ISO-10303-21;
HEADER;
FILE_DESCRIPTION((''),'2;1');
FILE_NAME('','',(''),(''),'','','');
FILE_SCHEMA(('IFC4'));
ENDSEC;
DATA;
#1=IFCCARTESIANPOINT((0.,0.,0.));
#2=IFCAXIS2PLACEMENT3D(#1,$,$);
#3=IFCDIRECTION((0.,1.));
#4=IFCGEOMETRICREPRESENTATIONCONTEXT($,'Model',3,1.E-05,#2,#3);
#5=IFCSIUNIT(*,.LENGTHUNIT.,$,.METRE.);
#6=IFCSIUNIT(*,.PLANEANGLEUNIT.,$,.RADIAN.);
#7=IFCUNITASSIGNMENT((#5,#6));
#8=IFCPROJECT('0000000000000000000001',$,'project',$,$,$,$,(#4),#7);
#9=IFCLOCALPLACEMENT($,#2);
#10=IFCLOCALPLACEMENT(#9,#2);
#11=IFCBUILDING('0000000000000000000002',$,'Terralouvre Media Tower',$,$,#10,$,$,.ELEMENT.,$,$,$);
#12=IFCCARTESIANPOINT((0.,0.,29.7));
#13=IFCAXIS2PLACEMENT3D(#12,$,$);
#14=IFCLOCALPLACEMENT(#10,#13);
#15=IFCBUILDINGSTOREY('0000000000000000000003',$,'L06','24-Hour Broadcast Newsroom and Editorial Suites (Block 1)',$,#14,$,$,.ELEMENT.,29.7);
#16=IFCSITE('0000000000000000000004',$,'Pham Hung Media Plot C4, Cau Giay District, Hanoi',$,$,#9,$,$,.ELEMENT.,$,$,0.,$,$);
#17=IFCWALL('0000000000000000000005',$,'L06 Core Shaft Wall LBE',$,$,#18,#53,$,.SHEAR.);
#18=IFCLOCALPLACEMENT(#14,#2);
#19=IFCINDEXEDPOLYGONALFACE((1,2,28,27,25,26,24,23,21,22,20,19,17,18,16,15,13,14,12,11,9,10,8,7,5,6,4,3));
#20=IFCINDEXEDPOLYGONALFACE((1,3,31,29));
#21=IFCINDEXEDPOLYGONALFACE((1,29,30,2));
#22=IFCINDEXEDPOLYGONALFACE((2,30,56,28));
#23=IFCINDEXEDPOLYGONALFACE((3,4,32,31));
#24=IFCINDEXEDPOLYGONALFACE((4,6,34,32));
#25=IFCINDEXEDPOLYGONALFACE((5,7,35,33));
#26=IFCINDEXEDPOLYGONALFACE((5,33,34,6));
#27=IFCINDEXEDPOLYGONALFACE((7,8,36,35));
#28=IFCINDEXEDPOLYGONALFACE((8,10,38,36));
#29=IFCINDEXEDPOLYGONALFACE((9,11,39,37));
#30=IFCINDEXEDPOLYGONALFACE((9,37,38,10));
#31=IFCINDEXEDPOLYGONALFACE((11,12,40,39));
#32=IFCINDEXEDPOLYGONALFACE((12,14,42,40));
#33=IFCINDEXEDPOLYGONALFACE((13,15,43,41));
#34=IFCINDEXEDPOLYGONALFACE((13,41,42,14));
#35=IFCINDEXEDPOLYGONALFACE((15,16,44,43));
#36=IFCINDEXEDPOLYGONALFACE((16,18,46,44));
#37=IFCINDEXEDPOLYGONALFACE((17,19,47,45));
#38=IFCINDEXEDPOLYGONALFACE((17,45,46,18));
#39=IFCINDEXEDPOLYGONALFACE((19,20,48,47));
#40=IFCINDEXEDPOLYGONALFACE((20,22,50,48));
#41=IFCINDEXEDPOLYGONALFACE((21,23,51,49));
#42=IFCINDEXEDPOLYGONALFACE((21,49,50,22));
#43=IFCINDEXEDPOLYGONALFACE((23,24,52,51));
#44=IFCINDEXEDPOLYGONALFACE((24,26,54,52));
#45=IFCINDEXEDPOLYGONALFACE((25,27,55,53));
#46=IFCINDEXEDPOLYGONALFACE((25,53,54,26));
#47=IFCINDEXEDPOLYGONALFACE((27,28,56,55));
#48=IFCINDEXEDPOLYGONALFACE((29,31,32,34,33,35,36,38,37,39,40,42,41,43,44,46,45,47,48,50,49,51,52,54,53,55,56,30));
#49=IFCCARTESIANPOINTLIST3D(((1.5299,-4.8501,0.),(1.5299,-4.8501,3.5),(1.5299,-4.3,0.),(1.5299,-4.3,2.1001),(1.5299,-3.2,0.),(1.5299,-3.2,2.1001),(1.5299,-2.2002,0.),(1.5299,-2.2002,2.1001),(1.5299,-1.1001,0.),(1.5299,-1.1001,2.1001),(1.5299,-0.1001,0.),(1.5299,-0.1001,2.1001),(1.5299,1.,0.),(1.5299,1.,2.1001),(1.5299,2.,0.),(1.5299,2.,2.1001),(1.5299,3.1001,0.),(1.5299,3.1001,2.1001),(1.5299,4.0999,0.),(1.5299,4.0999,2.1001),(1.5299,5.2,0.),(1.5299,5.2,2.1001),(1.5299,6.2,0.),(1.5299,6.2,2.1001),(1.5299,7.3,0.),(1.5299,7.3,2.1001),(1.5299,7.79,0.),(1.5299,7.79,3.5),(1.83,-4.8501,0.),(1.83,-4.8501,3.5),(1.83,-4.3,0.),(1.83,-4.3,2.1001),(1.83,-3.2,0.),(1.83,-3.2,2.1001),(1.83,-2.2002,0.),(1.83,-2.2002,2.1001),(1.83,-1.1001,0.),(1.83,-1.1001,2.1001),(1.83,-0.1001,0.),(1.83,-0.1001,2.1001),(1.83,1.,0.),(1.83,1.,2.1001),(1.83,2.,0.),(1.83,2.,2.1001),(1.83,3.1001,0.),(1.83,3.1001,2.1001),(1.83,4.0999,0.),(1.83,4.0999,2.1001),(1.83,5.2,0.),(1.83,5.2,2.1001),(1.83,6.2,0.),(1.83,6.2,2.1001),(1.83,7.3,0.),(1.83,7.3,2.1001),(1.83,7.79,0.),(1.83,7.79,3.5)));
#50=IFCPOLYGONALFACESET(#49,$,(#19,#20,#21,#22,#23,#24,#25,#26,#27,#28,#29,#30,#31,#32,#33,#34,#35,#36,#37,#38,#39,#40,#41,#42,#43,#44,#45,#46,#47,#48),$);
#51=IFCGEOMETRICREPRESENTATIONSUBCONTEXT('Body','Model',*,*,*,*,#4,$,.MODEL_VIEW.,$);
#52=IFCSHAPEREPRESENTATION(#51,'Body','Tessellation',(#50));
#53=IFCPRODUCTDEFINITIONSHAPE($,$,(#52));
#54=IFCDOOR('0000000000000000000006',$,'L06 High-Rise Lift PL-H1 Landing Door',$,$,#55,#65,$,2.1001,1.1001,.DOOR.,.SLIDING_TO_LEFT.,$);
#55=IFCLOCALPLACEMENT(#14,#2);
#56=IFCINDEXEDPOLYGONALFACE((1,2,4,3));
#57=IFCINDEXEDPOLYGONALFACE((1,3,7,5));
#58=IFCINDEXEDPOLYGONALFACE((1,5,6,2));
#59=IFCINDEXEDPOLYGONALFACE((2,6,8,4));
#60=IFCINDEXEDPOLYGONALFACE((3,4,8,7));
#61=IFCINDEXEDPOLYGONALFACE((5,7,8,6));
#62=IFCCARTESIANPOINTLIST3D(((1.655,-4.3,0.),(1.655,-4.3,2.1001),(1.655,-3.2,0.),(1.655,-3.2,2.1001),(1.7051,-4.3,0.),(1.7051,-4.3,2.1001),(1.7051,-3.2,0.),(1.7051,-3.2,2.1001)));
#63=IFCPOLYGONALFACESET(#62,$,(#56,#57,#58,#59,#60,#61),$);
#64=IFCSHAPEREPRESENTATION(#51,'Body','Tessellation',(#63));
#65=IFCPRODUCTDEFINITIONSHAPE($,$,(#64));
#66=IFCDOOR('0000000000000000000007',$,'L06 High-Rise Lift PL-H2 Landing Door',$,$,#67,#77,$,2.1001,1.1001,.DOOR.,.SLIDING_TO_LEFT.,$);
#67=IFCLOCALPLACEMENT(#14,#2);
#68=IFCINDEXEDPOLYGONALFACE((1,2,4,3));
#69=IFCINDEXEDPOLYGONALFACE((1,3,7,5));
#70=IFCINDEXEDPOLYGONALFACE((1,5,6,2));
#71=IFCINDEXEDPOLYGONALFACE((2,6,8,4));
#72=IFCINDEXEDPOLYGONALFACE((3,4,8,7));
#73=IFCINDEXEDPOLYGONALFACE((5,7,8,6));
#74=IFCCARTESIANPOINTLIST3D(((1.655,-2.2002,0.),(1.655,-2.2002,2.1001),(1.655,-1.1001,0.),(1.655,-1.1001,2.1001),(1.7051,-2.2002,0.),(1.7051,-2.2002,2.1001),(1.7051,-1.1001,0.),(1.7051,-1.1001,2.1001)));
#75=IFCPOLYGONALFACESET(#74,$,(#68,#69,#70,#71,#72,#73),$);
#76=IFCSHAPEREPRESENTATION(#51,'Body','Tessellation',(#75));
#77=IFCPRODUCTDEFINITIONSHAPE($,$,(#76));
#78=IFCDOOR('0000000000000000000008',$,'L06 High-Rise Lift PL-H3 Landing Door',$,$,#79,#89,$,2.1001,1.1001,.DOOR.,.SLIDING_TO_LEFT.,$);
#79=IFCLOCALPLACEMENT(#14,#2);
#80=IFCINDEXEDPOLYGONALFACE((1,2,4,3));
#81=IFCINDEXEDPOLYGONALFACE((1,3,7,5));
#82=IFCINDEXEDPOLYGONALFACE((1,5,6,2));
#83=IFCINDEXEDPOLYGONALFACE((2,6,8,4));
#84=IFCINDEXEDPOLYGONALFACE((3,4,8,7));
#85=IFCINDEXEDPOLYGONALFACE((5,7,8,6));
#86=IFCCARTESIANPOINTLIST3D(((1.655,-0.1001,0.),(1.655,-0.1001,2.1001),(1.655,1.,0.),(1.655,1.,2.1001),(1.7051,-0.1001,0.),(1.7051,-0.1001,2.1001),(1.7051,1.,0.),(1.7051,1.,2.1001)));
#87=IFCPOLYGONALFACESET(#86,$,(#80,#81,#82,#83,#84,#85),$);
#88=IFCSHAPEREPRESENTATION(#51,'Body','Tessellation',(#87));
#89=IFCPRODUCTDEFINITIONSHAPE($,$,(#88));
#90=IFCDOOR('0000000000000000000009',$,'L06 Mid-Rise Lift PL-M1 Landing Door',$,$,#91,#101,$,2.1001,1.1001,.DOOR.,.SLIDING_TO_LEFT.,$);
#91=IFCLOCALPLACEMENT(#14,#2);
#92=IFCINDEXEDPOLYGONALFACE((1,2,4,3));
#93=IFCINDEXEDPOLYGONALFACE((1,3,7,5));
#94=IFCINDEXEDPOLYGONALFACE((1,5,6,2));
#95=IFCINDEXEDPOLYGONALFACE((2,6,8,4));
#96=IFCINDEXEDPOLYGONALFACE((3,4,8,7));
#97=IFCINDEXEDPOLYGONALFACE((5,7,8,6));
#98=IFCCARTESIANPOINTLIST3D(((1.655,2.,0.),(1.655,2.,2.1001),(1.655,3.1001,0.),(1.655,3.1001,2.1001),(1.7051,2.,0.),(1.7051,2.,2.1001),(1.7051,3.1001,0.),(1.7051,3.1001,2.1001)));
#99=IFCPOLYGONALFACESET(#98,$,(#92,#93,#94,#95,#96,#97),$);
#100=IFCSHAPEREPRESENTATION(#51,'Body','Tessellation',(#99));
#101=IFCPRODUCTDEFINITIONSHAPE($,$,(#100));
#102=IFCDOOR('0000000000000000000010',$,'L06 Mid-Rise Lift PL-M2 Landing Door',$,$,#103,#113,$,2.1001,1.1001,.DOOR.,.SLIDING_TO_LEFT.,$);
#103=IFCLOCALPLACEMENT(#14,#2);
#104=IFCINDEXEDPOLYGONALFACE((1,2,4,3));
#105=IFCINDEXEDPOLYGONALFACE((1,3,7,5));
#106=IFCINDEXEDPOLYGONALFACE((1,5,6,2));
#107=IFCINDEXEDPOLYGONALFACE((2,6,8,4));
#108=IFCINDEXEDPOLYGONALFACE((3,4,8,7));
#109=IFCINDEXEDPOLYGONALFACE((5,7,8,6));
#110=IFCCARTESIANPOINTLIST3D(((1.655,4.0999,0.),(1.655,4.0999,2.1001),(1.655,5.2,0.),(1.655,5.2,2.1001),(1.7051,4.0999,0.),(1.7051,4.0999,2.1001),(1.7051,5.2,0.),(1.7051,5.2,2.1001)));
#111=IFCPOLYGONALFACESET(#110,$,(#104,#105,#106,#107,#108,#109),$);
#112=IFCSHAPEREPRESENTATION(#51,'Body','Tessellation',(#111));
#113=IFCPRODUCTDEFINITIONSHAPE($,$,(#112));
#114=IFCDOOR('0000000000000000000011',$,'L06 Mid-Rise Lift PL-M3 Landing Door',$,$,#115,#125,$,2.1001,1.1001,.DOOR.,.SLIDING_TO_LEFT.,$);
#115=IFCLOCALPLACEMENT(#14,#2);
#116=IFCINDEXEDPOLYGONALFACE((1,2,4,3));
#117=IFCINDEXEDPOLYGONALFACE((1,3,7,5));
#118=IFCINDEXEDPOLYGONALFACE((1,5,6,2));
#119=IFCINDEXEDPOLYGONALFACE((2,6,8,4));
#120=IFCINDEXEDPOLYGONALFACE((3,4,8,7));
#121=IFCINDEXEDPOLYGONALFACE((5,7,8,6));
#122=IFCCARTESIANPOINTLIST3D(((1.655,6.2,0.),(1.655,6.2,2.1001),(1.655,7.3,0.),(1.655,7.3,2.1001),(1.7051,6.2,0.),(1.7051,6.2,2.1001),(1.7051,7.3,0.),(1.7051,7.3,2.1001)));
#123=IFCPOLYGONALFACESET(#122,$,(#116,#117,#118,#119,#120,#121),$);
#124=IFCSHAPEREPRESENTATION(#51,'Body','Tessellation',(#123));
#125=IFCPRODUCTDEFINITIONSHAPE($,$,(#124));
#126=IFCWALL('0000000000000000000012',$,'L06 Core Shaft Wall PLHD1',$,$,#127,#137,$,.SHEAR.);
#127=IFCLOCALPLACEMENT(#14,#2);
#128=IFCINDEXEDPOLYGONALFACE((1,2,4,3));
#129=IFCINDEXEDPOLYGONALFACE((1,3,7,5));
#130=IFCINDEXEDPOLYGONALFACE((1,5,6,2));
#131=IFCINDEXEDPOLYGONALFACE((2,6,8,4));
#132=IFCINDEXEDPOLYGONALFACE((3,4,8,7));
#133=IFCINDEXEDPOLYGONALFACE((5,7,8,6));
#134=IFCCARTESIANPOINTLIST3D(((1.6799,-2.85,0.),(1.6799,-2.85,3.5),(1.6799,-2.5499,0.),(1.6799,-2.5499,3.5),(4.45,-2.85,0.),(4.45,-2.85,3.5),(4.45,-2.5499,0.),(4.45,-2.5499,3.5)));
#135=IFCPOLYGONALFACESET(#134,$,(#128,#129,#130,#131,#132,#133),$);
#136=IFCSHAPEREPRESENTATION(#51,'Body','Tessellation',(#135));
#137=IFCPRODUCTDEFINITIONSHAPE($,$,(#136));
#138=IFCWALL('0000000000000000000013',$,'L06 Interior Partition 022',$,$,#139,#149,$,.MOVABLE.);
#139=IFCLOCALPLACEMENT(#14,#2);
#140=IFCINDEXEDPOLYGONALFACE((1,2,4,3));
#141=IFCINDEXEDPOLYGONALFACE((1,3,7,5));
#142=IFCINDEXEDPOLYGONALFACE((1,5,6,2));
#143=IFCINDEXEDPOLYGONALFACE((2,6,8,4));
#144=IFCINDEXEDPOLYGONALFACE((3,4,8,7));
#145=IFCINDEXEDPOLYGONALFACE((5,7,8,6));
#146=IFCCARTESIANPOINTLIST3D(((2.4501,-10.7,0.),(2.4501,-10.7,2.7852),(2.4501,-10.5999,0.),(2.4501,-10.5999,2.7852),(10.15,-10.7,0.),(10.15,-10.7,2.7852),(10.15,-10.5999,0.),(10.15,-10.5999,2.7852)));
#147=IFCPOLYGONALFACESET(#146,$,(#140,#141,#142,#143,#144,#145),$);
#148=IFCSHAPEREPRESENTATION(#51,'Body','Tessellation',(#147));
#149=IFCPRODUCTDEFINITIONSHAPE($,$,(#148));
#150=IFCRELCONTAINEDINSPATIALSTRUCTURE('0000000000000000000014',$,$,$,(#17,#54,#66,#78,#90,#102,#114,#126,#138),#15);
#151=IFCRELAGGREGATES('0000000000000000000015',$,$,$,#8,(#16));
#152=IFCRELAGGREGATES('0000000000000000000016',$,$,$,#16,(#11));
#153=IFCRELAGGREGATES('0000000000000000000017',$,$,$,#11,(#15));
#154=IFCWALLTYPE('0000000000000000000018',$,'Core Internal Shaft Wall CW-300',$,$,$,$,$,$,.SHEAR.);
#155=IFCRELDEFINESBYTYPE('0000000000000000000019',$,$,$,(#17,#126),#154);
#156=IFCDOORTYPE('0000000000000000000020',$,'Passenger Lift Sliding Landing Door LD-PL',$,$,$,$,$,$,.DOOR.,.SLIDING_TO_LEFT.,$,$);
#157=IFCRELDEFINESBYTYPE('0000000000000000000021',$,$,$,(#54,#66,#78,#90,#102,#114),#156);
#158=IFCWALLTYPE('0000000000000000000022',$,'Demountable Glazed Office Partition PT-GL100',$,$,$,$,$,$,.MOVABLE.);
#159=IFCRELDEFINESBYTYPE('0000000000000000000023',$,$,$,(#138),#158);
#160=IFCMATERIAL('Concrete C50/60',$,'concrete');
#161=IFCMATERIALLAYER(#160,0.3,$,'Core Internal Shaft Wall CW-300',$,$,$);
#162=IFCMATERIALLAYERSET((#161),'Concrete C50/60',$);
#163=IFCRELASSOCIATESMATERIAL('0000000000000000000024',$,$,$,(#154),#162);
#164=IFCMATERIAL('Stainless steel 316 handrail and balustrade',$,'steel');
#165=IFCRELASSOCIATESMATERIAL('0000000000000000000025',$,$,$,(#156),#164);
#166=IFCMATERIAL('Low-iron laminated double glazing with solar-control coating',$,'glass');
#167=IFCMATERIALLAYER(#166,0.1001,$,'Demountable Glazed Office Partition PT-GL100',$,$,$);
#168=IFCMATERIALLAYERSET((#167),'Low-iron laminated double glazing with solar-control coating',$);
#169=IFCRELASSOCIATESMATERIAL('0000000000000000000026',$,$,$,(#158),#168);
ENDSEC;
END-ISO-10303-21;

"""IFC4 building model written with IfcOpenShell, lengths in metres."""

from ifc_helpers import new_model, si_unit, direction, frame, frame_2d, origin, place, context, subcontext, project, spatial, rectangle, extrude, material, layer, layer_set, type_object, element, fill, save


model = new_model("IFC4")

# Units and contexts
model_context = context("Model", 3, precision=1e-05, world=origin(), true_north=direction((0.0, 1.0)))
body_context = subcontext(model_context, "Body", "Model", "MODEL_VIEW")
ifc_project = project(units=[si_unit("LENGTHUNIT", "METRE"), si_unit("PLANEANGLEUNIT", "RADIAN")], contexts=[model_context])

# Site, building, storey
site_placement = place(None, origin())
site = spatial("IfcSite", under=ifc_project, at=site_placement, Name="Pham Hung Media Plot C4, Cau Giay District, Hanoi", CompositionType="ELEMENT", RefElevation=0.0)
building_placement = place(site_placement, origin())
building = spatial("IfcBuilding", under=site, at=building_placement, Name="Terralouvre Media Tower", CompositionType="ELEMENT")
storey_placement = place(building_placement, frame((0.0, 0.0, 29.7)))
storey = spatial("IfcBuildingStorey", under=building, at=storey_placement, Name="L06", Description="24-Hour Broadcast Newsroom and Editorial Suites (Block 1)", CompositionType="ELEMENT", Elevation=29.7)

# Shared definitions
ifc_material_1 = material(Name="Concrete C50/60", Category="concrete")
ifc_layer_1 = layer(ifc_material_1, 0.3, Name="Core Internal Shaft Wall CW-300")
ifc_layer_set_1 = layer_set([ifc_layer_1], Name="Concrete C50/60")
wall_type_1 = type_object("IfcWallType", Name="Core Internal Shaft Wall CW-300", PredefinedType="SHEAR", material=ifc_layer_set_1)

# Wall, openings, doors
wall_1_placement = place(storey_placement, frame((1.6799, -4.8501, 0.0), z_axis=(0.0, 0.0, 1.0), x_axis=(0.0, 1.0, 0.0)))
wall_1 = element("IfcWall", 1, at=wall_1_placement, inside=storey, type_object=wall_type_1, Name="L06 Core Shaft Wall LBE", PredefinedType="SHEAR", context=body_context, shape_type="SweptSolid", body=[
    extrude(rectangle(XDim=12.6401, YDim=0.3, at=frame_2d((6.3201, 0.0))), origin(), (0.0, 0.0, 1.0), 3.5),
])
opening_1_placement = place(wall_1_placement, frame((0.55, 0.0, 0.0)))
opening_1 = element("IfcOpeningElement", 2, at=opening_1_placement, cuts=wall_1, PredefinedType="OPENING", context=body_context, shape_type="SweptSolid", body=[
    extrude(rectangle(XDim=1.1001, YDim=2.1001, at=frame_2d((0.55, 1.05))), frame((0.0, 0.1599, 0.0), z_axis=(0.0, -1.0, 0.0), x_axis=(1.0, 0.0, 0.0)), (0.0, 0.0, 1.0), 0.3201),
])
opening_2_placement = place(wall_1_placement, frame((2.6499, 0.0, 0.0)))
opening_2 = element("IfcOpeningElement", 3, at=opening_2_placement, cuts=wall_1, PredefinedType="OPENING", context=body_context, shape_type="SweptSolid", body=[
    extrude(rectangle(XDim=1.1001, YDim=2.1001, at=frame_2d((0.55, 1.05))), frame((0.0, 0.1599, 0.0), z_axis=(0.0, -1.0, 0.0), x_axis=(1.0, 0.0, 0.0)), (0.0, 0.0, 1.0), 0.3201),
])
opening_3_placement = place(wall_1_placement, frame((4.75, 0.0, 0.0)))
opening_3 = element("IfcOpeningElement", 4, at=opening_3_placement, cuts=wall_1, PredefinedType="OPENING", context=body_context, shape_type="SweptSolid", body=[
    extrude(rectangle(XDim=1.1001, YDim=2.1001, at=frame_2d((0.55, 1.05))), frame((0.0, 0.1599, 0.0), z_axis=(0.0, -1.0, 0.0), x_axis=(1.0, 0.0, 0.0)), (0.0, 0.0, 1.0), 0.3201),
])
opening_4_placement = place(wall_1_placement, frame((6.8501, 0.0, 0.0)))
opening_4 = element("IfcOpeningElement", 5, at=opening_4_placement, cuts=wall_1, PredefinedType="OPENING", context=body_context, shape_type="SweptSolid", body=[
    extrude(rectangle(XDim=1.1001, YDim=2.1001, at=frame_2d((0.55, 1.05))), frame((0.0, 0.1599, 0.0), z_axis=(0.0, -1.0, 0.0), x_axis=(1.0, 0.0, 0.0)), (0.0, 0.0, 1.0), 0.3201),
])
opening_5_placement = place(wall_1_placement, frame((8.95, 0.0, 0.0)))
opening_5 = element("IfcOpeningElement", 6, at=opening_5_placement, cuts=wall_1, PredefinedType="OPENING", context=body_context, shape_type="SweptSolid", body=[
    extrude(rectangle(XDim=1.1001, YDim=2.1001, at=frame_2d((0.55, 1.05))), frame((0.0, 0.1599, 0.0), z_axis=(0.0, -1.0, 0.0), x_axis=(1.0, 0.0, 0.0)), (0.0, 0.0, 1.0), 0.3201),
])
opening_6_placement = place(wall_1_placement, frame((11.05, 0.0, 0.0)))
opening_6 = element("IfcOpeningElement", 7, at=opening_6_placement, cuts=wall_1, PredefinedType="OPENING", context=body_context, shape_type="SweptSolid", body=[
    extrude(rectangle(XDim=1.1001, YDim=2.1001, at=frame_2d((0.55, 1.05))), frame((0.0, 0.1599, 0.0), z_axis=(0.0, -1.0, 0.0), x_axis=(1.0, 0.0, 0.0)), (0.0, 0.0, 1.0), 0.3201),
])
ifc_material_2 = material(Name="Stainless steel 316 handrail and balustrade", Category="steel")
door_type = type_object("IfcDoorType", Name="Passenger Lift Sliding Landing Door LD-PL", OperationType="SLIDING_TO_LEFT", PredefinedType="DOOR", material=ifc_material_2)
door_1_placement = place(opening_1_placement, origin())
door_1 = element("IfcDoor", 8, at=door_1_placement, inside=storey, type_object=door_type, Name="L06 High-Rise Lift PL-H1 Landing Door", OperationType="SLIDING_TO_LEFT", OverallHeight=2.1001, OverallWidth=1.1001, PredefinedType="DOOR", context=body_context, shape_type="SweptSolid", body=[
    extrude(rectangle(XDim=1.1001, YDim=2.1001, at=frame_2d((0.55, 1.05))), frame((0.0, 0.0249, 0.0), z_axis=(0.0, -1.0, 0.0), x_axis=(1.0, 0.0, 0.0)), (0.0, 0.0, 1.0), 0.05),
])
fill(opening_1, door_1)
door_2_placement = place(opening_2_placement, origin())
door_2 = element("IfcDoor", 9, at=door_2_placement, inside=storey, type_object=door_type, Name="L06 High-Rise Lift PL-H2 Landing Door", OperationType="SLIDING_TO_LEFT", OverallHeight=2.1001, OverallWidth=1.1001, PredefinedType="DOOR", context=body_context, shape_type="SweptSolid", body=[
    extrude(rectangle(XDim=1.1001, YDim=2.1001, at=frame_2d((0.55, 1.05))), frame((0.0, 0.0249, 0.0), z_axis=(0.0, -1.0, 0.0), x_axis=(1.0, 0.0, 0.0)), (0.0, 0.0, 1.0), 0.05),
])
fill(opening_2, door_2)
door_3_placement = place(opening_3_placement, origin())
door_3 = element("IfcDoor", 10, at=door_3_placement, inside=storey, type_object=door_type, Name="L06 High-Rise Lift PL-H3 Landing Door", OperationType="SLIDING_TO_LEFT", OverallHeight=2.1001, OverallWidth=1.1001, PredefinedType="DOOR", context=body_context, shape_type="SweptSolid", body=[
    extrude(rectangle(XDim=1.1001, YDim=2.1001, at=frame_2d((0.55, 1.05))), frame((0.0, 0.0249, 0.0), z_axis=(0.0, -1.0, 0.0), x_axis=(1.0, 0.0, 0.0)), (0.0, 0.0, 1.0), 0.05),
])
fill(opening_3, door_3)
door_4_placement = place(opening_4_placement, origin())
door_4 = element("IfcDoor", 11, at=door_4_placement, inside=storey, type_object=door_type, Name="L06 Mid-Rise Lift PL-M1 Landing Door", OperationType="SLIDING_TO_LEFT", OverallHeight=2.1001, OverallWidth=1.1001, PredefinedType="DOOR", context=body_context, shape_type="SweptSolid", body=[
    extrude(rectangle(XDim=1.1001, YDim=2.1001, at=frame_2d((0.55, 1.05))), frame((0.0, 0.0249, 0.0), z_axis=(0.0, -1.0, 0.0), x_axis=(1.0, 0.0, 0.0)), (0.0, 0.0, 1.0), 0.05),
])
fill(opening_4, door_4)
door_5_placement = place(opening_5_placement, origin())
door_5 = element("IfcDoor", 12, at=door_5_placement, inside=storey, type_object=door_type, Name="L06 Mid-Rise Lift PL-M2 Landing Door", OperationType="SLIDING_TO_LEFT", OverallHeight=2.1001, OverallWidth=1.1001, PredefinedType="DOOR", context=body_context, shape_type="SweptSolid", body=[
    extrude(rectangle(XDim=1.1001, YDim=2.1001, at=frame_2d((0.55, 1.05))), frame((0.0, 0.0249, 0.0), z_axis=(0.0, -1.0, 0.0), x_axis=(1.0, 0.0, 0.0)), (0.0, 0.0, 1.0), 0.05),
])
fill(opening_5, door_5)
door_6_placement = place(opening_6_placement, origin())
door_6 = element("IfcDoor", 13, at=door_6_placement, inside=storey, type_object=door_type, Name="L06 Mid-Rise Lift PL-M3 Landing Door", OperationType="SLIDING_TO_LEFT", OverallHeight=2.1001, OverallWidth=1.1001, PredefinedType="DOOR", context=body_context, shape_type="SweptSolid", body=[
    extrude(rectangle(XDim=1.1001, YDim=2.1001, at=frame_2d((0.55, 1.05))), frame((0.0, 0.0249, 0.0), z_axis=(0.0, -1.0, 0.0), x_axis=(1.0, 0.0, 0.0)), (0.0, 0.0, 1.0), 0.05),
])
fill(opening_6, door_6)

# Walls
wall_2_placement = place(storey_placement, frame((1.6799, -2.7, 0.0), z_axis=(0.0, 0.0, 1.0), x_axis=(1.0, 0.0, 0.0)))
element("IfcWall", 14, at=wall_2_placement, inside=storey, type_object=wall_type_1, Name="L06 Core Shaft Wall PLHD1", PredefinedType="SHEAR", context=body_context, shape_type="SweptSolid", body=[
    extrude(rectangle(XDim=2.77, YDim=0.3, at=frame_2d((1.385, 0.0))), origin(), (0.0, 0.0, 1.0), 3.5),
])
ifc_material_3 = material(Name="Low-iron laminated double glazing with solar-control coating", Category="glass")
ifc_layer_2 = layer(ifc_material_3, 0.1001, Name="Demountable Glazed Office Partition PT-GL100")
ifc_layer_set_2 = layer_set([ifc_layer_2], Name="Low-iron laminated double glazing with solar-control coating")
wall_type_2 = type_object("IfcWallType", Name="Demountable Glazed Office Partition PT-GL100", PredefinedType="MOVABLE", material=ifc_layer_set_2)
wall_3_placement = place(storey_placement, frame((2.45, -10.6499, 0.0), z_axis=(0.0, 0.0, 1.0), x_axis=(1.0, 0.0, 0.0)))
element("IfcWall", 15, at=wall_3_placement, inside=storey, type_object=wall_type_2, Name="L06 Interior Partition 022", PredefinedType="MOVABLE", context=body_context, shape_type="SweptSolid", body=[
    extrude(rectangle(XDim=7.7, YDim=0.1001, at=frame_2d((3.8501, 0.0))), origin(), (0.0, 0.0, 1.0), 2.7852),
])

save(model, "model.ifc")
